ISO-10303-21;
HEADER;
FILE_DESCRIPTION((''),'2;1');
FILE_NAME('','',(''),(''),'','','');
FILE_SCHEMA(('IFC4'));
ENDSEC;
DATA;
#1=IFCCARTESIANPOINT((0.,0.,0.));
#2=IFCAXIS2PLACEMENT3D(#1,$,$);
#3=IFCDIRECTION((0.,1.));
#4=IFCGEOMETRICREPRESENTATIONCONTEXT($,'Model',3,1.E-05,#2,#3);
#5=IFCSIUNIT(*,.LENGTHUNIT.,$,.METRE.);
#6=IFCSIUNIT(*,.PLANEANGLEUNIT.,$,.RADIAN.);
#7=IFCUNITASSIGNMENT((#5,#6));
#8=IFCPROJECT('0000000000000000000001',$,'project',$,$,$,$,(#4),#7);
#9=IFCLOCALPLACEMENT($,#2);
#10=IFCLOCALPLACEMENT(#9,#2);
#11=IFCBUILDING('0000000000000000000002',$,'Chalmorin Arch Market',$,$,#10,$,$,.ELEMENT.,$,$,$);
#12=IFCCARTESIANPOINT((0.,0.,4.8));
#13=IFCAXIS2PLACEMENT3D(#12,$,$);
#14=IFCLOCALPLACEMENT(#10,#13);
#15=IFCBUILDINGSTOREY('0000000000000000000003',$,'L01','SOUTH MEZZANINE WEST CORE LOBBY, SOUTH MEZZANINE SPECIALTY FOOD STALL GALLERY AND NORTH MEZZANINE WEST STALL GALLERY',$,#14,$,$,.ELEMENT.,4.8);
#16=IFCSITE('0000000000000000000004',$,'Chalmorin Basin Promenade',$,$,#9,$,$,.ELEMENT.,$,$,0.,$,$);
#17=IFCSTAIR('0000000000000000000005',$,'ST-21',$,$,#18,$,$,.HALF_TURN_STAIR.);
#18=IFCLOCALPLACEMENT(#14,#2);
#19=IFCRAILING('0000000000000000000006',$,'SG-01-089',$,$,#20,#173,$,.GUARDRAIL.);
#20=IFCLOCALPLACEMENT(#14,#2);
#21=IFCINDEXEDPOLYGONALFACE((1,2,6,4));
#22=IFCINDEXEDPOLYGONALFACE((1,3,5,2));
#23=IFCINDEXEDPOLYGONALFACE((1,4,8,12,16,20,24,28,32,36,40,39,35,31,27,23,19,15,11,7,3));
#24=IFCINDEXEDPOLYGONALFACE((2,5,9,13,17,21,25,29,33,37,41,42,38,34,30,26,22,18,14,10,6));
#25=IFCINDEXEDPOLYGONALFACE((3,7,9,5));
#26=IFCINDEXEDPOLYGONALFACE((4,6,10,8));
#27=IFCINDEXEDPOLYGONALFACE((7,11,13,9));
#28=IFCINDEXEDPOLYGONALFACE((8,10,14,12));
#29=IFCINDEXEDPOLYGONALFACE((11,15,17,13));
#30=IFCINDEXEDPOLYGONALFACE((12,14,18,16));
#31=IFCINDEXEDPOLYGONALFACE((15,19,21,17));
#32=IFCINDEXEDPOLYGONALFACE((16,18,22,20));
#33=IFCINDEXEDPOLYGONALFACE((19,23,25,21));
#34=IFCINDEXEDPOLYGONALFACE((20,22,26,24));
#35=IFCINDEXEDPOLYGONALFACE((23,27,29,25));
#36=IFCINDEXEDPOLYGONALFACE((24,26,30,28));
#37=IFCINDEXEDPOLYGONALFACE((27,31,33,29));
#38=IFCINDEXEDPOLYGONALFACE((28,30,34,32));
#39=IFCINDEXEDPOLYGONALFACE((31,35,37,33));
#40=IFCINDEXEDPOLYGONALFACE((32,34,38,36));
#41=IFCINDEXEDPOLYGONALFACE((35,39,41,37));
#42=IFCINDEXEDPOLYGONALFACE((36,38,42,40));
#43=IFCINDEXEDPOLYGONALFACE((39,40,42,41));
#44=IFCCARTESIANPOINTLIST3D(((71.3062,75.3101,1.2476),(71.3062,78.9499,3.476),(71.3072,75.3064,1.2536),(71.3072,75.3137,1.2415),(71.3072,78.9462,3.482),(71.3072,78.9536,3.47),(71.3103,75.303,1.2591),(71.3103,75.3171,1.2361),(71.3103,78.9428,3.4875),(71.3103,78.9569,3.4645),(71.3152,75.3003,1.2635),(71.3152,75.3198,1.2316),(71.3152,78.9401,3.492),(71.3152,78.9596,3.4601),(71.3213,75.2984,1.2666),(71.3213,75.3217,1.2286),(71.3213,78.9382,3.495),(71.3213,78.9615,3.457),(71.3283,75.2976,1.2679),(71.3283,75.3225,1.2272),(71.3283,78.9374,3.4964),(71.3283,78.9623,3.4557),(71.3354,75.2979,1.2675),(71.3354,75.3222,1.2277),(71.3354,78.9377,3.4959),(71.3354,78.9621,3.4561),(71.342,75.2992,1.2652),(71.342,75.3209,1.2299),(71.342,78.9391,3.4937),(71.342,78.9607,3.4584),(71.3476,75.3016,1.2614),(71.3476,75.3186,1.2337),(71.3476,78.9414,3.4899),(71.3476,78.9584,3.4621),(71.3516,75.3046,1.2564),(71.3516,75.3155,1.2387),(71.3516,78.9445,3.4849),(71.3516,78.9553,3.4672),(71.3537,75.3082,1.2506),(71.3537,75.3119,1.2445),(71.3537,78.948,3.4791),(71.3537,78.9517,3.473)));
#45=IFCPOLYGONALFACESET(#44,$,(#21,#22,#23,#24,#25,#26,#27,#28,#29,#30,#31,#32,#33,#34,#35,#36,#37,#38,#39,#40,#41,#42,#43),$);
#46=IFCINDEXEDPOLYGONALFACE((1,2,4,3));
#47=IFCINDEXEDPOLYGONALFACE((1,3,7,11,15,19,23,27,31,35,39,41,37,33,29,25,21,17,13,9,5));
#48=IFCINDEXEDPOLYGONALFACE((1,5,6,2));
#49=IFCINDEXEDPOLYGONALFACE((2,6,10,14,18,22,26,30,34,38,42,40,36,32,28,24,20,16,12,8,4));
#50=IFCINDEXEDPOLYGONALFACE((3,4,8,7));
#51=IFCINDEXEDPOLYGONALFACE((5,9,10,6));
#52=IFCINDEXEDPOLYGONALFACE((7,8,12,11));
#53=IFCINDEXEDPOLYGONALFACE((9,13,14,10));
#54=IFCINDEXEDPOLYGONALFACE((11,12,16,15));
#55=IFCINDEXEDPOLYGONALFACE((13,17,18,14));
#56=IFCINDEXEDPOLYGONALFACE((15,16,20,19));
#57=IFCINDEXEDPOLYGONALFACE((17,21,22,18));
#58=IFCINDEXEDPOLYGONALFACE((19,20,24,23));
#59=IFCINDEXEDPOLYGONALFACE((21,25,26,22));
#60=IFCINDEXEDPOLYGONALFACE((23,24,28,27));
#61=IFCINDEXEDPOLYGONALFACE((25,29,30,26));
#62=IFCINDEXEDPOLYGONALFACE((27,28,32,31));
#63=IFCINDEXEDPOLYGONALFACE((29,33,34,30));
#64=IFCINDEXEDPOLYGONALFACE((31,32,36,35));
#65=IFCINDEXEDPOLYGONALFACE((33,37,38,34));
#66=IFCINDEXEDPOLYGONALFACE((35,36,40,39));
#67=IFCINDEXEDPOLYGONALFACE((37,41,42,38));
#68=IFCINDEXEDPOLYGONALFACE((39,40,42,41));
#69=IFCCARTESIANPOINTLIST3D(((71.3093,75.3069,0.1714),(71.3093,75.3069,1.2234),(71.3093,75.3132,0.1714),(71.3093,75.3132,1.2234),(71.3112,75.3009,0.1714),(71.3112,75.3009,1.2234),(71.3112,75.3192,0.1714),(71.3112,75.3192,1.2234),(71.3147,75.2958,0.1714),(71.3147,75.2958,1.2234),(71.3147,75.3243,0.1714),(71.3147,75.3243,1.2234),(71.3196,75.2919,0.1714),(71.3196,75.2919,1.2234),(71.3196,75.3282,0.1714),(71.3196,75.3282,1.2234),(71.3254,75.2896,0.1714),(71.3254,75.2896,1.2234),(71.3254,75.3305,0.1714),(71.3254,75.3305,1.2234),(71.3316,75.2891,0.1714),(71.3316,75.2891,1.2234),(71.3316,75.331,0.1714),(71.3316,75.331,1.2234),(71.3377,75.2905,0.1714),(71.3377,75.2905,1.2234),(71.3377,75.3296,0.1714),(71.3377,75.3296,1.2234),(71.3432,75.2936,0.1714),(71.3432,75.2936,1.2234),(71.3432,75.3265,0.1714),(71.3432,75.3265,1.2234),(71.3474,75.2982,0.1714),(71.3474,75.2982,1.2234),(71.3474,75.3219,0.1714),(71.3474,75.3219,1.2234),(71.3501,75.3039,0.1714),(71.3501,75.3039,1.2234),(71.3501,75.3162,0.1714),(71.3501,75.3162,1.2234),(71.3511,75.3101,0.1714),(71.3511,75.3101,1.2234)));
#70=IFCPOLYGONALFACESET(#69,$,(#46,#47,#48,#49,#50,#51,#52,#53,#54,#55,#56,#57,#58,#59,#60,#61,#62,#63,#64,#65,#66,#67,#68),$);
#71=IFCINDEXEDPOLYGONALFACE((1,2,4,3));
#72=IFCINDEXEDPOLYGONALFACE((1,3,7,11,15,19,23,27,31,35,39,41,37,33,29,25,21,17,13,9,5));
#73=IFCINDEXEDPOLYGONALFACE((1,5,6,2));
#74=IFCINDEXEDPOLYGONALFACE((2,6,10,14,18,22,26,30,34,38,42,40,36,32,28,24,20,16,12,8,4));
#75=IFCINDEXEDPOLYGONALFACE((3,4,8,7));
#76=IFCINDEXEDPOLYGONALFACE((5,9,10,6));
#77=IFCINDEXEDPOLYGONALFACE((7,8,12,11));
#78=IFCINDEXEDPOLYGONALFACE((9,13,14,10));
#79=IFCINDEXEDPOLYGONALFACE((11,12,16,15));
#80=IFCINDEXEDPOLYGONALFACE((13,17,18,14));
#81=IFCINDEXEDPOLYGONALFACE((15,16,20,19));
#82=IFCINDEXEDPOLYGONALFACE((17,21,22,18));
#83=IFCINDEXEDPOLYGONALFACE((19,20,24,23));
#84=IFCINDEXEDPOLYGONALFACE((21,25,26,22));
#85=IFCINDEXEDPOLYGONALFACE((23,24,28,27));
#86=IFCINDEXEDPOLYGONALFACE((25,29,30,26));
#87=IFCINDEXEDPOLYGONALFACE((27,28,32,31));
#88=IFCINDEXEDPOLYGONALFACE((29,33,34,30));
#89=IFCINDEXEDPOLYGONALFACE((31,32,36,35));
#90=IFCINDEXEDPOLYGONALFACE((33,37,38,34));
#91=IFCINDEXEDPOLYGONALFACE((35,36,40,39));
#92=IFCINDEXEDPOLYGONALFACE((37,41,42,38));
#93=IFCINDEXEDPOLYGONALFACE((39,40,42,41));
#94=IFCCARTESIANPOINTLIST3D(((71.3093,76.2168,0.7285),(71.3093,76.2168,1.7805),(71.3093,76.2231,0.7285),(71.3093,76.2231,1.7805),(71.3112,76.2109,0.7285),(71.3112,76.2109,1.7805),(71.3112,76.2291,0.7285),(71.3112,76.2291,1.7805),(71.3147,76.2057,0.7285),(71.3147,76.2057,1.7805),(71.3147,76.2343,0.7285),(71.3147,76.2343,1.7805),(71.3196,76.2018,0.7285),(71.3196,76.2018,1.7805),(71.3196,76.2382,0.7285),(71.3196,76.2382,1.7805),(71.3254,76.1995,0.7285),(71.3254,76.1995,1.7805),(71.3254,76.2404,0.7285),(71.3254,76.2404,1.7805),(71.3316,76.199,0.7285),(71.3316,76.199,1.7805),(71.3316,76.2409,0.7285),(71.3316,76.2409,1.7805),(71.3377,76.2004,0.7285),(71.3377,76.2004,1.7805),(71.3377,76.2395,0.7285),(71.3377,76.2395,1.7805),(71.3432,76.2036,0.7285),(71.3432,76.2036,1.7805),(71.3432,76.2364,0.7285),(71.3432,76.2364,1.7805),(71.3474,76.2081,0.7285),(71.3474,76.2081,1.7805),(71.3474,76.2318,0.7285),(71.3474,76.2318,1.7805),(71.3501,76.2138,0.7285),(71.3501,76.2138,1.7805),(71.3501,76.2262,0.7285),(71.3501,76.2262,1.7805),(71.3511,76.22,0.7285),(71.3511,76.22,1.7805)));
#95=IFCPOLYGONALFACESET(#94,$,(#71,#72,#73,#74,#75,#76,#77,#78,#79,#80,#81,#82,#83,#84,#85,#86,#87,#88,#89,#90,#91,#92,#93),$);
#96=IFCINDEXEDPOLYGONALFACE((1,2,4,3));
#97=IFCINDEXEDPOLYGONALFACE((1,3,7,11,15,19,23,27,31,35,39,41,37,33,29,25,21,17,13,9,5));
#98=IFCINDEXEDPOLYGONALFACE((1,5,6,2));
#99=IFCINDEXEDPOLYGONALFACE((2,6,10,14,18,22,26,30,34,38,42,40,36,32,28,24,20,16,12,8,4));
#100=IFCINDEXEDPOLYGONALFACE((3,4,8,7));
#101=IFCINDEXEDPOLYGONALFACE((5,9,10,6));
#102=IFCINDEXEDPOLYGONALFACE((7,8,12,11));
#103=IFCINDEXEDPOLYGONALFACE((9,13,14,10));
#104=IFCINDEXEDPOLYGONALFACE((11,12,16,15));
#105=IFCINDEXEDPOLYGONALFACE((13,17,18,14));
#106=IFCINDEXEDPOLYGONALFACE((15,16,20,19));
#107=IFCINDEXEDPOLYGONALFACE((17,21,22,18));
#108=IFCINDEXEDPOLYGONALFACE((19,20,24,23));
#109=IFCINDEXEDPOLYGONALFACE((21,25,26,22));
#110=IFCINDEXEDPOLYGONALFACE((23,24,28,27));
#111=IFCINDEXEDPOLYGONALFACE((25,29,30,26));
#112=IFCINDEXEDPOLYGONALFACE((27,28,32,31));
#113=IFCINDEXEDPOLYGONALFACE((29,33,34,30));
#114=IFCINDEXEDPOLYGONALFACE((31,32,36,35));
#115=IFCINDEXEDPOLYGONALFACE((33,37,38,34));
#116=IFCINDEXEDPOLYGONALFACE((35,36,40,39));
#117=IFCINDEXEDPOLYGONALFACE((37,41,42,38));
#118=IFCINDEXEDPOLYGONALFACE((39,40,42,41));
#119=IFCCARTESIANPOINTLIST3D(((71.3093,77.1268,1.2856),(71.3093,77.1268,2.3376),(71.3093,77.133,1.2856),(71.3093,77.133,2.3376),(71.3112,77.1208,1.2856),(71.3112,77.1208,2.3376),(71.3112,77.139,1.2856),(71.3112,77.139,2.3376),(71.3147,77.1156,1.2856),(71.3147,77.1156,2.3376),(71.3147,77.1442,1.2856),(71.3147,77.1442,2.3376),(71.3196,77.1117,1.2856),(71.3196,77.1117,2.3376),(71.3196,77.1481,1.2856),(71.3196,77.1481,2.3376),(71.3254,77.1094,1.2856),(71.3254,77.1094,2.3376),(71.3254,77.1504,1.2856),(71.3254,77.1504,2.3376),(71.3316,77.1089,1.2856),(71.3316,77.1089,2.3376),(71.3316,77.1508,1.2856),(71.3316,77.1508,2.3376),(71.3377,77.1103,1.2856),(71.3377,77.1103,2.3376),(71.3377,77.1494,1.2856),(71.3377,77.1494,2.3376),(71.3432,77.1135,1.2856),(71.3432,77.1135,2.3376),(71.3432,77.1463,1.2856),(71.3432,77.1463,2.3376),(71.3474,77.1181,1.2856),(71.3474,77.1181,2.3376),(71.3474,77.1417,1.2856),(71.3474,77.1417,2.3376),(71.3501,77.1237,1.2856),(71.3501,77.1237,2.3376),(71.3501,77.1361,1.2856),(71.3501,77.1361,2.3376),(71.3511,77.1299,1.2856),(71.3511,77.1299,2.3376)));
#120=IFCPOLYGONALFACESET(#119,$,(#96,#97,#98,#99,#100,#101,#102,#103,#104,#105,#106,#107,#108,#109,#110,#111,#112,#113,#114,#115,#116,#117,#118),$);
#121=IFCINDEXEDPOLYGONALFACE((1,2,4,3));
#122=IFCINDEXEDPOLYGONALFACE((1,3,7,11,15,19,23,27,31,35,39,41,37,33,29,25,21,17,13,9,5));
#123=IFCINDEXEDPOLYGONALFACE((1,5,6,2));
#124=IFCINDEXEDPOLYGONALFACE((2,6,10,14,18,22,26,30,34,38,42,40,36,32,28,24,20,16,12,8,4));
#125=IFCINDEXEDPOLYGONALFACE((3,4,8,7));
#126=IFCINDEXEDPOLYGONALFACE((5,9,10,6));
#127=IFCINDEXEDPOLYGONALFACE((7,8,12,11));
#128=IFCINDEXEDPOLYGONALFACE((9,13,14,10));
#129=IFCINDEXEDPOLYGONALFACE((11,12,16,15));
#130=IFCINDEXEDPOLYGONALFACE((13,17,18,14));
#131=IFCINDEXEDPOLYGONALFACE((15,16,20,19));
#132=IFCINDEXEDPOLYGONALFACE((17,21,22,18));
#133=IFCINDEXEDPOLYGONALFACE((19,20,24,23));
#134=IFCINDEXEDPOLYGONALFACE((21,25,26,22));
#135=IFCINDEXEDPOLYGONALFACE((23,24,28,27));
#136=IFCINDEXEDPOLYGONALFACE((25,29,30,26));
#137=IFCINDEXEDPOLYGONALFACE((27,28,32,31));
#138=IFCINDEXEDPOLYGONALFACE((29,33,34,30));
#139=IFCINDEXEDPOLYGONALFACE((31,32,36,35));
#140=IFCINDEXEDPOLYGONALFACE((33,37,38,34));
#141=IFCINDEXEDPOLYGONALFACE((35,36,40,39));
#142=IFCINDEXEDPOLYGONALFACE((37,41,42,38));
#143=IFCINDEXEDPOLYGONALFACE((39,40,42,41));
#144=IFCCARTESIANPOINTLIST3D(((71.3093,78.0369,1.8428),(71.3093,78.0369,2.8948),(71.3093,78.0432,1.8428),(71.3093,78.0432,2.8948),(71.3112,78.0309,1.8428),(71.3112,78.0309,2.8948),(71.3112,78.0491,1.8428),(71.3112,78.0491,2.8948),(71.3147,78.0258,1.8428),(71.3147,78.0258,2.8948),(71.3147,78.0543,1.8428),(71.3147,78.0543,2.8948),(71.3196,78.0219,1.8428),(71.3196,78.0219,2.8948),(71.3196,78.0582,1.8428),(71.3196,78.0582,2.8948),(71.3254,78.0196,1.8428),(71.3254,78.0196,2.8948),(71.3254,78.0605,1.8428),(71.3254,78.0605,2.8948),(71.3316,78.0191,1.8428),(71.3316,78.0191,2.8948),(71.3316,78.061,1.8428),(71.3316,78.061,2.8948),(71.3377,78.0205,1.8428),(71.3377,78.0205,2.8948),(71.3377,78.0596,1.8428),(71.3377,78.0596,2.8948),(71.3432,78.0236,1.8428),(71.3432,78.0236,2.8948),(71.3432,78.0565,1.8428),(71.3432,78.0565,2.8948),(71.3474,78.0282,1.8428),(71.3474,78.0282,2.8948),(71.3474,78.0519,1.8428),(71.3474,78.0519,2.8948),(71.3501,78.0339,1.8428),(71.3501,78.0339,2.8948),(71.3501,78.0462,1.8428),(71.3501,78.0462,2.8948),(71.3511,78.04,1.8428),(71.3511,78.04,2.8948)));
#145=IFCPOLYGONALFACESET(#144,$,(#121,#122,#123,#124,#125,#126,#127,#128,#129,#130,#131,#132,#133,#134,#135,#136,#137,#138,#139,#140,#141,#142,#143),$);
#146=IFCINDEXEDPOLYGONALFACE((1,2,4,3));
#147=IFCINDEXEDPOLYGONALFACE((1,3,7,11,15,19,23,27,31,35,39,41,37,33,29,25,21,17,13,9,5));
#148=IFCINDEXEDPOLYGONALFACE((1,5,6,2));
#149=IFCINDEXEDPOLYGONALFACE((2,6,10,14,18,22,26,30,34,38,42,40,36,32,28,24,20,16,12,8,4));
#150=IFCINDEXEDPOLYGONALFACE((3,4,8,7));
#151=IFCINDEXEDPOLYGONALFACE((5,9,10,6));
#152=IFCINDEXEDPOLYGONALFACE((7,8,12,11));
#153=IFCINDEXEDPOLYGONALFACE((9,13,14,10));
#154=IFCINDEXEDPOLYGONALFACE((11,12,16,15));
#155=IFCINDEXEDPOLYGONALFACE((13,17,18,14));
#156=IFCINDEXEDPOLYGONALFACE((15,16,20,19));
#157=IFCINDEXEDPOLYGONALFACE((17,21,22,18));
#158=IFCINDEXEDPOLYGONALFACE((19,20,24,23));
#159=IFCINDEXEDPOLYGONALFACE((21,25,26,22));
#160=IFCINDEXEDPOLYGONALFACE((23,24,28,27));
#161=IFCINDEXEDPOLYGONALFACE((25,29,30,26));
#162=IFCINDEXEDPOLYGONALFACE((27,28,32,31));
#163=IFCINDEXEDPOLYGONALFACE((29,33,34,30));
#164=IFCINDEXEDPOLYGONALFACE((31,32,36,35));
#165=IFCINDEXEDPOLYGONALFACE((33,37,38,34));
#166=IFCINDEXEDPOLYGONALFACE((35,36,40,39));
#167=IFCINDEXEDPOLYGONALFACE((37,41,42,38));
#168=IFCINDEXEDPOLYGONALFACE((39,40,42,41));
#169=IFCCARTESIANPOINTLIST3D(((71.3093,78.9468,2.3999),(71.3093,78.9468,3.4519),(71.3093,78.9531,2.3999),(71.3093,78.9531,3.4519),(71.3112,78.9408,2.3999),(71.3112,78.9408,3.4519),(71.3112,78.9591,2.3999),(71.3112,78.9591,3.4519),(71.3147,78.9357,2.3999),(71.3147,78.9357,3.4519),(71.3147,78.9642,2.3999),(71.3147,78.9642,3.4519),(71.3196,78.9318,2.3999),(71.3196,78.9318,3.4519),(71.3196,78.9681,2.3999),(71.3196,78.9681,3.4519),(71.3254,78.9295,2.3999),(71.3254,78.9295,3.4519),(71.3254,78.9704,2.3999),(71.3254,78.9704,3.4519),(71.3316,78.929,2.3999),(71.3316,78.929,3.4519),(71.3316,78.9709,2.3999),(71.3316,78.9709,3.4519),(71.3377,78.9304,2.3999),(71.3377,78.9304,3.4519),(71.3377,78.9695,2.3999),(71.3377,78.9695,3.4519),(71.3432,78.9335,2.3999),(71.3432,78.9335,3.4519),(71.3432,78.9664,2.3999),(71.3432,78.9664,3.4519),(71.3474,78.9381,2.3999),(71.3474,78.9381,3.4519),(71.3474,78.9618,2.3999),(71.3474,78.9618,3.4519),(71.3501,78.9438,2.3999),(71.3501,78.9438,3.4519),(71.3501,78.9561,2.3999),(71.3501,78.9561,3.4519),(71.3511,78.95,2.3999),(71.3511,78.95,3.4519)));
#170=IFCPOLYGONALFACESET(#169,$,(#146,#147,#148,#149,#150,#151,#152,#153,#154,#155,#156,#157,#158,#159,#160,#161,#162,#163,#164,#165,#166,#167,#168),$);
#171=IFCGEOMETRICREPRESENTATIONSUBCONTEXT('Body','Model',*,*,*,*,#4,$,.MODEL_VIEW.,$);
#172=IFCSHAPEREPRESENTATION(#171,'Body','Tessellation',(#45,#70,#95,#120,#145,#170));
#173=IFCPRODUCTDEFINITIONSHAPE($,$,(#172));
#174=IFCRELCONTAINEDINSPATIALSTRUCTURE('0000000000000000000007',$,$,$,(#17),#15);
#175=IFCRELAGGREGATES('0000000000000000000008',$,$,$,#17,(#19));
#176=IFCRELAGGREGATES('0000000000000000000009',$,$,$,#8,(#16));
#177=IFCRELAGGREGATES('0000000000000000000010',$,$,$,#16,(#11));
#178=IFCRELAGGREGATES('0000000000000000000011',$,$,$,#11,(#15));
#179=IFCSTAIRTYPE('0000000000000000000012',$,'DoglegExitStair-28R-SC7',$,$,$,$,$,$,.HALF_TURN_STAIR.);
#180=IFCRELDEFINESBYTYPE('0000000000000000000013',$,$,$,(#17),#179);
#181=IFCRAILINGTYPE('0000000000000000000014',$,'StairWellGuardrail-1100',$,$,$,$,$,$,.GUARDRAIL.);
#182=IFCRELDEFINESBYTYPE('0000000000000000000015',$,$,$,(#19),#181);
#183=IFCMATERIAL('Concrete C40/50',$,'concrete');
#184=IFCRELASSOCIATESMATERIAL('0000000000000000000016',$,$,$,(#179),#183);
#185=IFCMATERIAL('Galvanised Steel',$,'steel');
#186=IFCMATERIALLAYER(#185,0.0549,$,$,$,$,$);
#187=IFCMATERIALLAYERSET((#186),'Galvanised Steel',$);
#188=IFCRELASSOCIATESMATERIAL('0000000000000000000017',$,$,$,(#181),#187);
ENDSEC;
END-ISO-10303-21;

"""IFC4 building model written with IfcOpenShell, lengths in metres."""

from ifc_helpers import new_model, si_unit, direction, frame, origin, origin_2d, place, context, subcontext, project, spatial, circle, extrude, material, layer, layer_set, type_object, element, aggregate, save


model = new_model("IFC4")

# Units and contexts
model_context = context("Model", 3, precision=1e-05, world=origin(), true_north=direction((0.0, 1.0)))
body_context = subcontext(model_context, "Body", "Model", "MODEL_VIEW")
ifc_project = project(units=[si_unit("LENGTHUNIT", "METRE"), si_unit("PLANEANGLEUNIT", "RADIAN")], contexts=[model_context])

# Site, building, storey
site_placement = place(None, origin())
site = spatial("IfcSite", under=ifc_project, at=site_placement, Name="Chalmorin Basin Promenade", CompositionType="ELEMENT", RefElevation=0.0)
building_placement = place(site_placement, origin())
building = spatial("IfcBuilding", under=site, at=building_placement, Name="Chalmorin Arch Market", CompositionType="ELEMENT")
storey_placement = place(building_placement, frame((0.0, 0.0, 4.8)))
storey = spatial("IfcBuildingStorey", under=building, at=storey_placement, Name="L01", Description="SOUTH MEZZANINE WEST CORE LOBBY, SOUTH MEZZANINE SPECIALTY FOOD STALL GALLERY AND NORTH MEZZANINE WEST STALL GALLERY", CompositionType="ELEMENT", Elevation=4.8)

# Shared definitions
ifc_material_1 = material(Name="Concrete C40/50", Category="concrete")

# Stair, railing
stair_type = type_object("IfcStairType", Name="DoglegExitStair-28R-SC7", PredefinedType="HALF_TURN_STAIR", material=ifc_material_1)
stair_placement = place(storey_placement, origin())
stair = element("IfcStair", 1, at=stair_placement, inside=storey, type_object=stair_type, Name="ST-21", PredefinedType="HALF_TURN_STAIR")
ifc_material_2 = material(Name="Galvanised Steel", Category="steel")
ifc_layer_1 = layer(ifc_material_2, 0.0549)
ifc_layer_set_1 = layer_set([ifc_layer_1], Name="Galvanised Steel")
railing_type_1 = type_object("IfcRailingType", Name="StairWellGuardrail-1100", PredefinedType="GUARDRAIL", material=ifc_layer_set_1)
railing_1_placement = place(storey_placement, frame((71.3301, 75.3101, 0.1714)))
railing_1 = element("IfcRailing", 2, at=railing_1_placement, type_object=railing_type_1, Name="SG-01-089", PredefinedType="GUARDRAIL", context=body_context, shape_type="SweptSolid", body=[
    extrude(circle(Radius=0.0239, at=origin_2d()), frame((0.0, 0.0, 1.0762), z_axis=(0.0, 0.85285, 0.522156), x_axis=(-1.0, 0.0, 0.0)), (0.0, 0.0, 1.0), 4.2678),
    extrude(circle(Radius=0.021, at=origin_2d()), origin(), (0.0, 0.0, 1.0), 1.052),
    extrude(circle(Radius=0.021, at=origin_2d()), frame((0.0, 0.9099, 0.5571)), (0.0, 0.0, 1.0), 1.052),
    extrude(circle(Radius=0.021, at=origin_2d()), frame((0.0, 1.8198, 1.1143)), (0.0, 0.0, 1.0), 1.052),
    extrude(circle(Radius=0.021, at=origin_2d()), frame((0.0, 2.73, 1.6714)), (0.0, 0.0, 1.0), 1.052),
    extrude(circle(Radius=0.021, at=origin_2d()), frame((0.0, 3.6399, 2.2285)), (0.0, 0.0, 1.0), 1.052),
])
aggregate(stair, [railing_1])

save(model, "model.ifc")
